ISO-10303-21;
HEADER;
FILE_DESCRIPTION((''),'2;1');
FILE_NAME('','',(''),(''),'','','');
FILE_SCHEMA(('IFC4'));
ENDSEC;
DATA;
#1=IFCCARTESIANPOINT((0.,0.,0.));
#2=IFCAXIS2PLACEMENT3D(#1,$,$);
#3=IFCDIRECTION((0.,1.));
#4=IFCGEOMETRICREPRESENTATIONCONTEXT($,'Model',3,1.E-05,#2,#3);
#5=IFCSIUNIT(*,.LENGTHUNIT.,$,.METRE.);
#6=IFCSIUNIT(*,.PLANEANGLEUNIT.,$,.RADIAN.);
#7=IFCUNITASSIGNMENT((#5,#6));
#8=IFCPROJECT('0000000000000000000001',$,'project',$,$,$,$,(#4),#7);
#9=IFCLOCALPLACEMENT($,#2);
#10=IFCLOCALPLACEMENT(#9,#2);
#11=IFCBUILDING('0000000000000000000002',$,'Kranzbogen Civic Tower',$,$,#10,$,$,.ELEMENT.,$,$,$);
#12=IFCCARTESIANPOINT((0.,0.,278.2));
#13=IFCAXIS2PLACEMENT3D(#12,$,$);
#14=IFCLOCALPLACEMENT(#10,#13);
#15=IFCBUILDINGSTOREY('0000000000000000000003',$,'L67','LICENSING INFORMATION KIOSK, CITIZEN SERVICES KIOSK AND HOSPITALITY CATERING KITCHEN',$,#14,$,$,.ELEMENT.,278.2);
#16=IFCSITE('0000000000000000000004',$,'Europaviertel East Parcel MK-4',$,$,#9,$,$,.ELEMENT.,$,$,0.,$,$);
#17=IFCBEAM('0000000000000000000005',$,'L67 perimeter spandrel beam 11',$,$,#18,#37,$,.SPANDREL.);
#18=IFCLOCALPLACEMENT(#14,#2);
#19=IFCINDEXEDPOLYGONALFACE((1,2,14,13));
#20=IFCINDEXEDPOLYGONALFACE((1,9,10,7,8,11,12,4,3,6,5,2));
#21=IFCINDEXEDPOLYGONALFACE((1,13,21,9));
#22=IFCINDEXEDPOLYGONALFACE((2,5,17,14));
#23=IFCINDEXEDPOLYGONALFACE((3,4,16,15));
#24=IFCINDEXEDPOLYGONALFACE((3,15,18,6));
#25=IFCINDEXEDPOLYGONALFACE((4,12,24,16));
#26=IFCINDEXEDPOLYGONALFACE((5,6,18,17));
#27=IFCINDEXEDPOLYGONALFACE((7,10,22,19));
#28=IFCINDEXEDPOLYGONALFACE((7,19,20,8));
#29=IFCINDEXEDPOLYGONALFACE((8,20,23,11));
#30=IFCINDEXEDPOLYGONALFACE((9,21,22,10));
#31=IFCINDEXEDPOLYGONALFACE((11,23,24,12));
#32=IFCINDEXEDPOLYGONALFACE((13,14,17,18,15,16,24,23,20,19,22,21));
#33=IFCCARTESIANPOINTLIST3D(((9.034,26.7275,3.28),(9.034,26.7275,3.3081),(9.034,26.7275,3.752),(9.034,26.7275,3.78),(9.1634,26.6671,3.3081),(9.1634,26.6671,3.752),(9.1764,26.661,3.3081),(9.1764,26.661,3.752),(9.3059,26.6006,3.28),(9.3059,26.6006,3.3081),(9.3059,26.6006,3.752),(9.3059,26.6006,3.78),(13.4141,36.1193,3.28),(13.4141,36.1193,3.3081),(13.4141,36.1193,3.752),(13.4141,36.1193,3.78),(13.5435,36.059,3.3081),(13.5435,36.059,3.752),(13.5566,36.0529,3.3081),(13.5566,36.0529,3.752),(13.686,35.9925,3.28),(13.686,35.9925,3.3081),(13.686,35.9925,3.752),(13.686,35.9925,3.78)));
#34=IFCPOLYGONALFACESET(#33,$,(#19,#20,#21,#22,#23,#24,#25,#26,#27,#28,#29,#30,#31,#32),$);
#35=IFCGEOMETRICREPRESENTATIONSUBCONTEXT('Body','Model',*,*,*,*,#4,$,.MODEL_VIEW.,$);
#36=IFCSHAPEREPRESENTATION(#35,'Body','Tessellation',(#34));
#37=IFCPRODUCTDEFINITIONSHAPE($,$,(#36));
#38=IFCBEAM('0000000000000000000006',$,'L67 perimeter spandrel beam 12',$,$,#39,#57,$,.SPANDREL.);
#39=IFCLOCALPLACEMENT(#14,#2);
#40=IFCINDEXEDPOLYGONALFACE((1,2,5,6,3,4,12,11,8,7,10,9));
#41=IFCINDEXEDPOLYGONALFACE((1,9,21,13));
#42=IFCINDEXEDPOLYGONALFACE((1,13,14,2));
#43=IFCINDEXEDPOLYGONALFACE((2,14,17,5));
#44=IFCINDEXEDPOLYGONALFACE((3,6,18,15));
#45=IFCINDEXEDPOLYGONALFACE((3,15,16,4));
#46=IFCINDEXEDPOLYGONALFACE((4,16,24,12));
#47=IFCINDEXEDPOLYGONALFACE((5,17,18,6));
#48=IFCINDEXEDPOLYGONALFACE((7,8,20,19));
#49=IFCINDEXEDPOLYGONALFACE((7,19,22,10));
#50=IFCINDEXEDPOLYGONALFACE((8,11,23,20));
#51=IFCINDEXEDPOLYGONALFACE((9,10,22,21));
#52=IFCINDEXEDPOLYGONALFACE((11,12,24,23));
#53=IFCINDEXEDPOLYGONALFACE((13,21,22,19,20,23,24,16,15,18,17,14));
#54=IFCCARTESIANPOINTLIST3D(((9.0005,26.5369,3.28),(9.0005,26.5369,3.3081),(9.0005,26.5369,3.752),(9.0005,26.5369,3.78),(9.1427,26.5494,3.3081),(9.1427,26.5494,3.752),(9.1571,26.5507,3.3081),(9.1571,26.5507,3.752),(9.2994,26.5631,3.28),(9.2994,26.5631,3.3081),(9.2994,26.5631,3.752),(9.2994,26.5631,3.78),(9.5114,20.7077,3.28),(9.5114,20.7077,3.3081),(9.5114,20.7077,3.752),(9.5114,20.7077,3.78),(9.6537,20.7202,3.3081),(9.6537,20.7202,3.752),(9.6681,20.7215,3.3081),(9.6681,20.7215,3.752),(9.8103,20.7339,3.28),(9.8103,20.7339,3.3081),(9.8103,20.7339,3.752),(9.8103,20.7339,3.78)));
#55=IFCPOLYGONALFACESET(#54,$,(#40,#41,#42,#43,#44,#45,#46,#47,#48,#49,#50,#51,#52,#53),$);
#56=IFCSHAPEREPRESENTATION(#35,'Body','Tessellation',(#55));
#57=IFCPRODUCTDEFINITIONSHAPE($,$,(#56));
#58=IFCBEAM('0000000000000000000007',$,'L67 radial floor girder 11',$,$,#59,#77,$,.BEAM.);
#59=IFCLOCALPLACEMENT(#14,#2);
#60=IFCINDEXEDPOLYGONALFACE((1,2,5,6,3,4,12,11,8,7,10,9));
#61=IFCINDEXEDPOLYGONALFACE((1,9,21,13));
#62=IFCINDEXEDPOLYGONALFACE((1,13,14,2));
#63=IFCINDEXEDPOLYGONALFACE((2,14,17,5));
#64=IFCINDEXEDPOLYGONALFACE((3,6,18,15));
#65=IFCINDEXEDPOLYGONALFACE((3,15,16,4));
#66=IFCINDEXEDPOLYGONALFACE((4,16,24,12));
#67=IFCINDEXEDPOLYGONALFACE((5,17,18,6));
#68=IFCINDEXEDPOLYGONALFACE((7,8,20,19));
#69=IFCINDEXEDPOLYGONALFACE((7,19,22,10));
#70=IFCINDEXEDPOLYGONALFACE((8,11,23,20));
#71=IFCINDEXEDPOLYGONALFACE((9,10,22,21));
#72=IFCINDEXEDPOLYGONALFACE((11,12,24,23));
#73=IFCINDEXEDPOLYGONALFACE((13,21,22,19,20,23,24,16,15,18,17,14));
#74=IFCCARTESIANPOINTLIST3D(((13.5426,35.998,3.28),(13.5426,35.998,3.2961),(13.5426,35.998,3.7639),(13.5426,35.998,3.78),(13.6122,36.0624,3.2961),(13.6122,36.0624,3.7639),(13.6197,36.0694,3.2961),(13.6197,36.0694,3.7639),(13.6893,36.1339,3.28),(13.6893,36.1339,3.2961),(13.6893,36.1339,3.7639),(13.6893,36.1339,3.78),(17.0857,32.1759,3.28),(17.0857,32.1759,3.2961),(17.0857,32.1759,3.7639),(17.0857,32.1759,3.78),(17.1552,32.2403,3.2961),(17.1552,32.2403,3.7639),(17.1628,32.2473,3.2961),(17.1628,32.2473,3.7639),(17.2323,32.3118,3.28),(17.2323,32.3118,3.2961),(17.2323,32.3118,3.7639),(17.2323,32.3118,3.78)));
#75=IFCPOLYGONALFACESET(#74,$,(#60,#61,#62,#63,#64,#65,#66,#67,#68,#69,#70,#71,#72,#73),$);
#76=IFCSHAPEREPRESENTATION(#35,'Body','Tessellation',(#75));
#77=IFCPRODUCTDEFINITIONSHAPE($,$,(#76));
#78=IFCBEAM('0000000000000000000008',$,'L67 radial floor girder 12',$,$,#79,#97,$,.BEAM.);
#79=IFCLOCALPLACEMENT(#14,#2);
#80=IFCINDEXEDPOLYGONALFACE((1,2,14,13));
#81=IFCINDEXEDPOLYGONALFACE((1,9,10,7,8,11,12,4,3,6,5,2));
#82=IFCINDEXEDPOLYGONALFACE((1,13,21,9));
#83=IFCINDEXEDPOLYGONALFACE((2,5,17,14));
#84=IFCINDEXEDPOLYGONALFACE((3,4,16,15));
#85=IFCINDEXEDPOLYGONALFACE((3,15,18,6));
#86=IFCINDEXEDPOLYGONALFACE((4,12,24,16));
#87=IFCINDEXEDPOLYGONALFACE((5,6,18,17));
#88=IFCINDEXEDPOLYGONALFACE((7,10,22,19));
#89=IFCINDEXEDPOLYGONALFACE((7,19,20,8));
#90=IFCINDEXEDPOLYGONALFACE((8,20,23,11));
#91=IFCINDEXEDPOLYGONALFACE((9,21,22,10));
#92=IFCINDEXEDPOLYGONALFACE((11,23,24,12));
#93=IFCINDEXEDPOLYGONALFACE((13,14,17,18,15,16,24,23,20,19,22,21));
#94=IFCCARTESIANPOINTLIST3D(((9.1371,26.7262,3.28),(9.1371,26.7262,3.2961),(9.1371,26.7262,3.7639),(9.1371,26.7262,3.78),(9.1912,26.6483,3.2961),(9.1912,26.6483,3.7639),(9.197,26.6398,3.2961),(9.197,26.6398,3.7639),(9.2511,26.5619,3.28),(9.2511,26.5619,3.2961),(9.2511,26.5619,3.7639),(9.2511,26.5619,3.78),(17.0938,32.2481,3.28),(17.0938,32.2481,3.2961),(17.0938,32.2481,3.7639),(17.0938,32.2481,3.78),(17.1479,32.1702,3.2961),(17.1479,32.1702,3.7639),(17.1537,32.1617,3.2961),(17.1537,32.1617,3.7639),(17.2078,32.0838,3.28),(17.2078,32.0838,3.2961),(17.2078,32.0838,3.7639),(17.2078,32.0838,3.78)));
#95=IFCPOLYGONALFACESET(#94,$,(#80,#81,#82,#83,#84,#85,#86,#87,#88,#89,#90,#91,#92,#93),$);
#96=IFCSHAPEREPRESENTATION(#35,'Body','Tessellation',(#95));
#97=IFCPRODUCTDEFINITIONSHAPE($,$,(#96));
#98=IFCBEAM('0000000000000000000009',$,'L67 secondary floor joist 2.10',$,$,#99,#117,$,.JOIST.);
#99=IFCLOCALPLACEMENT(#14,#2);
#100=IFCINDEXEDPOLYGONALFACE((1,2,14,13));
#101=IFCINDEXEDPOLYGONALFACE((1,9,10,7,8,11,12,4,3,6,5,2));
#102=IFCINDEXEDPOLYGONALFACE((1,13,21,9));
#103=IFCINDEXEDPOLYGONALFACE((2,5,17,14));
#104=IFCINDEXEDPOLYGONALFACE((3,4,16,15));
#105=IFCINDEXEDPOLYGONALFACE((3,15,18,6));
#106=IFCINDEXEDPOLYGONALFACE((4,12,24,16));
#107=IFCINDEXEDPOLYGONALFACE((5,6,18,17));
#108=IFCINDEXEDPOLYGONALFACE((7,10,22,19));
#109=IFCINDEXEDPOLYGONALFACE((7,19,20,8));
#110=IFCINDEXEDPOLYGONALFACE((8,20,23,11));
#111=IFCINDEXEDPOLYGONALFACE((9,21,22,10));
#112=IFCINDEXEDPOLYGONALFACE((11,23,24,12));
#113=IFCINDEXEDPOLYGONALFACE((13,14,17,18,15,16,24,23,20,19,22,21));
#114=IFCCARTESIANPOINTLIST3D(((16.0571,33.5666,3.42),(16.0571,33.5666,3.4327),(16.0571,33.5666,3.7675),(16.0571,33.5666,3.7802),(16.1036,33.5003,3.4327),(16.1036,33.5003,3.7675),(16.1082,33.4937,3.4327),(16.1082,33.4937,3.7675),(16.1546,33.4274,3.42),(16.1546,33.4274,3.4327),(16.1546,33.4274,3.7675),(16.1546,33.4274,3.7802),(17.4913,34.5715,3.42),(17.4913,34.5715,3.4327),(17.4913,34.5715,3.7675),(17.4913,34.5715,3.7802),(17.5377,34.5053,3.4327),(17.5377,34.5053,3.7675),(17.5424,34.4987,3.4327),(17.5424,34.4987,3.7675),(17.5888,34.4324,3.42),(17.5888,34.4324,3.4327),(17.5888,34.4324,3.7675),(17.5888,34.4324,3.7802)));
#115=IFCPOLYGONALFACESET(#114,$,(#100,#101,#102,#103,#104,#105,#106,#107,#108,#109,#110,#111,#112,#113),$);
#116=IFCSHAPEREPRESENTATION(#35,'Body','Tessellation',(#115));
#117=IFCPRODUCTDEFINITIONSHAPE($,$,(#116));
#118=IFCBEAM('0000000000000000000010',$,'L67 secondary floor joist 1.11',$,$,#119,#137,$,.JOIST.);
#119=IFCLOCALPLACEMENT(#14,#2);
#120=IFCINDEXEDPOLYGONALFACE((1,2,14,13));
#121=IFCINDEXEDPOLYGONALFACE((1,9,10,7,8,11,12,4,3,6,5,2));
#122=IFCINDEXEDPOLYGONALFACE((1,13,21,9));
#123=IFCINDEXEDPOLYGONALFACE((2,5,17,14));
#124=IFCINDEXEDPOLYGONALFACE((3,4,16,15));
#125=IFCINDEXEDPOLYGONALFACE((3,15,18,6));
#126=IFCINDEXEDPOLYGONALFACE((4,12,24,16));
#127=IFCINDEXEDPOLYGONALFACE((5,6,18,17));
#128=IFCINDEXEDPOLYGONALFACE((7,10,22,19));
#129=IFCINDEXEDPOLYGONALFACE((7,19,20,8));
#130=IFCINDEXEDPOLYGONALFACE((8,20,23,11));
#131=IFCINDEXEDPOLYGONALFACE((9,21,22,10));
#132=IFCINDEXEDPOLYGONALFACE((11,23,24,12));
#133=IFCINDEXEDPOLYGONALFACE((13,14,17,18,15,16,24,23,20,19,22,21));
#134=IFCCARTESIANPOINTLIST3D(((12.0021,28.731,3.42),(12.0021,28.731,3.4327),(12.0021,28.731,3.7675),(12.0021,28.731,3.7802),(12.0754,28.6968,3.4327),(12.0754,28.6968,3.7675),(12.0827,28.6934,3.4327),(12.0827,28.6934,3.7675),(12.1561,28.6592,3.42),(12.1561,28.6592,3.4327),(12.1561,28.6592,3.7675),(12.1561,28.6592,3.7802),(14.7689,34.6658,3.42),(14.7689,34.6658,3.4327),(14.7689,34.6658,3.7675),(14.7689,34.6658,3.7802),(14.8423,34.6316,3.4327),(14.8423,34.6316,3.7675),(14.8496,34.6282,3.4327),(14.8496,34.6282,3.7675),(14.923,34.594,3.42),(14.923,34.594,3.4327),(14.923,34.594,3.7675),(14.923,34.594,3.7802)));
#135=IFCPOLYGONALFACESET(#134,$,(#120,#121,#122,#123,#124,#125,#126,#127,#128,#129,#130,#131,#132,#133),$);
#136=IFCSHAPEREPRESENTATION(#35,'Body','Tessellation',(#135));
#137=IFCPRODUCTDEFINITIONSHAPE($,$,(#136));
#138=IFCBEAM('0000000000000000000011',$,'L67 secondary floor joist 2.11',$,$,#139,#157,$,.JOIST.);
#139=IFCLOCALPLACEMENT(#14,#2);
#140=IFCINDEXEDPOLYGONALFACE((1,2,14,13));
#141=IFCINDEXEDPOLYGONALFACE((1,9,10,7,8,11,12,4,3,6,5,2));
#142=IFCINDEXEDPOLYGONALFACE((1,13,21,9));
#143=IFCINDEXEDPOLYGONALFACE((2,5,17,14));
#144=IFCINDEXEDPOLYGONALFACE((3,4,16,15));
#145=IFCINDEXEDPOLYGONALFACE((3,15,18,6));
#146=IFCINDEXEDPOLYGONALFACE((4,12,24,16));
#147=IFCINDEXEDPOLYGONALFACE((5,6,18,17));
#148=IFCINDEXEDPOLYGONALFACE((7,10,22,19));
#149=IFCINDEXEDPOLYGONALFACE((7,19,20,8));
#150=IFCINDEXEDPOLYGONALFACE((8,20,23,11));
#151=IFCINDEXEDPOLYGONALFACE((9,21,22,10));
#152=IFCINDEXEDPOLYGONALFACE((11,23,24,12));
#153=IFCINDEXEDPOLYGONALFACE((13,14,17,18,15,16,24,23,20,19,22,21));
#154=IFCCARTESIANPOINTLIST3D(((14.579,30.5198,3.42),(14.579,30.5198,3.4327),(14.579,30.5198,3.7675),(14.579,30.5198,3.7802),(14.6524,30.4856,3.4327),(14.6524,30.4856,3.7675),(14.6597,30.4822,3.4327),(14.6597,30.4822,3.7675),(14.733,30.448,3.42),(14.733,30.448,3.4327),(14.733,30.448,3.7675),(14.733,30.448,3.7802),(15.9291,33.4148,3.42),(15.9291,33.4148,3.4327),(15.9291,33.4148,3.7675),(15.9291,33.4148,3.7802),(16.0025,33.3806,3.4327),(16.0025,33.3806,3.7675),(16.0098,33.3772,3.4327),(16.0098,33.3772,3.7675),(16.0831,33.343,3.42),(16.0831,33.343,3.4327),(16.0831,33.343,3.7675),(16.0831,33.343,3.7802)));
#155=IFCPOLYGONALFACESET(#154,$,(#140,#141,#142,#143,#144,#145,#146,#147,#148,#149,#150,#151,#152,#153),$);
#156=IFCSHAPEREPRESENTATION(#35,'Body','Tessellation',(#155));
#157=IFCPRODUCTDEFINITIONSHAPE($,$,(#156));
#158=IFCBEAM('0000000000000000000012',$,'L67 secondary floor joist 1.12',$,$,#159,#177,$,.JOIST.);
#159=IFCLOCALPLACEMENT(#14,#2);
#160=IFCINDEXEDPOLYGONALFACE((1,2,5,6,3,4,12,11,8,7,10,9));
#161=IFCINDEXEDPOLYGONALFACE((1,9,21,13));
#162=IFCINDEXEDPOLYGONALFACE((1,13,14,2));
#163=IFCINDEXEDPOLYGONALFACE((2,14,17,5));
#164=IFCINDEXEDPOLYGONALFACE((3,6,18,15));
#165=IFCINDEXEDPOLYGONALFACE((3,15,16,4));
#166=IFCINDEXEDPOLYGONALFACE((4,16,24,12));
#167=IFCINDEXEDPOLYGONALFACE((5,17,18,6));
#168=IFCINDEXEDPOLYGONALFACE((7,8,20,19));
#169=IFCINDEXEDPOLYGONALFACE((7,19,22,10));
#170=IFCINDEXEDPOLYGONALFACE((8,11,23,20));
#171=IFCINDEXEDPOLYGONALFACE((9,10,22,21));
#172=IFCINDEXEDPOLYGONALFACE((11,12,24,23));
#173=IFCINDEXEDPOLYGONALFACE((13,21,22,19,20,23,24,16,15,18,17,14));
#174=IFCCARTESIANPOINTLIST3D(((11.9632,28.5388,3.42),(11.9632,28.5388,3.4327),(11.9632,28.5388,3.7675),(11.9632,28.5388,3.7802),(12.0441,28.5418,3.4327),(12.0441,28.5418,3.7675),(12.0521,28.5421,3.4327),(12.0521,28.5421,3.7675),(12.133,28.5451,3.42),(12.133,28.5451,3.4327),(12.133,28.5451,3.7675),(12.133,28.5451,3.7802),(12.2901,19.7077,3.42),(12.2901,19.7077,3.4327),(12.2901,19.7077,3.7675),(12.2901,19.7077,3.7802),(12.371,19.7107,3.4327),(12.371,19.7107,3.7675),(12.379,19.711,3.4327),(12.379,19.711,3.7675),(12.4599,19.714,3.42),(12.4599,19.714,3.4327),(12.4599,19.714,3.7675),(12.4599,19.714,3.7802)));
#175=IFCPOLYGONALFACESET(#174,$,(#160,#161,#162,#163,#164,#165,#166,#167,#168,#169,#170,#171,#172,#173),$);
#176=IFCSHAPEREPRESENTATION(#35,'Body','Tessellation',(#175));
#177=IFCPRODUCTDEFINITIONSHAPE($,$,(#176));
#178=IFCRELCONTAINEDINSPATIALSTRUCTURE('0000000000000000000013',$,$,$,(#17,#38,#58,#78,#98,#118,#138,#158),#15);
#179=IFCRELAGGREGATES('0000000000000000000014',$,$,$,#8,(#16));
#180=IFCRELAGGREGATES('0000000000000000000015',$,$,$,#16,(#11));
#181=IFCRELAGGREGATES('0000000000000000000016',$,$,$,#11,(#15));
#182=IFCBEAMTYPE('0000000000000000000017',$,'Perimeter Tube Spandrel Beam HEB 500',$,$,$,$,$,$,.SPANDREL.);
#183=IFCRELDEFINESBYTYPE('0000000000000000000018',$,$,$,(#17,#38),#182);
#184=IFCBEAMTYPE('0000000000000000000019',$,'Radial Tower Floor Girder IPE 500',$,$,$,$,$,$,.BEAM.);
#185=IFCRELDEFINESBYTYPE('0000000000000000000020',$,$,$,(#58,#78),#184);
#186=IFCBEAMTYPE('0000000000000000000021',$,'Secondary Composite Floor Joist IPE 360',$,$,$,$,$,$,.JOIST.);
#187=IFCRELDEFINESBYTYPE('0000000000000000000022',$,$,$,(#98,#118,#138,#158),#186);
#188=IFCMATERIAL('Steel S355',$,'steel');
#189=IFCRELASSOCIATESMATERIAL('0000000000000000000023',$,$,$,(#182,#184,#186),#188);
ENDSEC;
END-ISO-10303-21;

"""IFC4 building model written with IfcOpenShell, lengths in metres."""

from ifc_helpers import new_model, si_unit, direction, frame, origin, origin_2d, place, context, subcontext, project, spatial, i_section, extrude, material, material_profile, profile_set, type_object, element, save


model = new_model("IFC4")

# Units and contexts
model_context = context("Model", 3, precision=1e-05, world=origin(), true_north=direction((0.0, 1.0)))
body_context = subcontext(model_context, "Body", "Model", "MODEL_VIEW")
ifc_project = project(units=[si_unit("LENGTHUNIT", "METRE"), si_unit("PLANEANGLEUNIT", "RADIAN")], contexts=[model_context])

# Site, building, storey
site_placement = place(None, origin())
site = spatial("IfcSite", under=ifc_project, at=site_placement, Name="Europaviertel East Parcel MK-4", CompositionType="ELEMENT", RefElevation=0.0)
building_placement = place(site_placement, origin())
building = spatial("IfcBuilding", under=site, at=building_placement, Name="Kranzbogen Civic Tower", CompositionType="ELEMENT")
storey_placement = place(building_placement, frame((0.0, 0.0, 278.2)))
storey = spatial("IfcBuildingStorey", under=building, at=storey_placement, Name="L67", Description="LICENSING INFORMATION KIOSK, CITIZEN SERVICES KIOSK AND HOSPITALITY CATERING KITCHEN", CompositionType="ELEMENT", Elevation=278.2)

# Shared definitions
ifc_material_1 = material(Name="Steel S355", Category="steel")

# Beams
ifc_material_profile_1 = material_profile(ifc_material_1, i_section(OverallWidth=0.3, OverallDepth=0.5, WebThickness=0.0144, FlangeThickness=0.0281, at=origin_2d()), Name="HEB 500")
ifc_profile_set_1 = profile_set([ifc_material_profile_1], Name="Steel S355")
beam_type_1 = type_object("IfcBeamType", Name="Perimeter Tube Spandrel Beam HEB 500", PredefinedType="SPANDREL", material=ifc_profile_set_1)
beam_1_placement = place(storey_placement, frame((13.55, 36.0559, 3.53), z_axis=(-0.422669, -0.906284, 0.0), x_axis=(0.906284, -0.422669, 0.0)))
element("IfcBeam", 1, at=beam_1_placement, inside=storey, type_object=beam_type_1, Name="L67 perimeter spandrel beam 11", PredefinedType="SPANDREL", context=body_context, shape_type="SweptSolid", body=[
    extrude(i_section(OverallWidth=0.3, OverallDepth=0.5, WebThickness=0.0144, FlangeThickness=0.0281, at=origin_2d()), origin(), (0.0, 0.0, 1.0), 10.363),
])
beam_2_placement = place(storey_placement, frame((9.1499, 26.55, 3.53), z_axis=(0.087326, -0.99618, 0.0), x_axis=(0.99618, 0.087326, 0.0)))
element("IfcBeam", 2, at=beam_2_placement, inside=storey, type_object=beam_type_1, Name="L67 perimeter spandrel beam 12", PredefinedType="SPANDREL", context=body_context, shape_type="SweptSolid", body=[
    extrude(i_section(OverallWidth=0.3, OverallDepth=0.5, WebThickness=0.0144, FlangeThickness=0.0281, at=origin_2d()), origin(), (0.0, 0.0, 1.0), 5.8516),
])
ifc_material_profile_2 = material_profile(ifc_material_1, i_section(OverallWidth=0.2, OverallDepth=0.5, WebThickness=0.0103, FlangeThickness=0.0161, at=origin_2d()), Name="IPE 500")
ifc_profile_set_2 = profile_set([ifc_material_profile_2], Name="Steel S355")
beam_type_2 = type_object("IfcBeamType", Name="Radial Tower Floor Girder IPE 500", PredefinedType="BEAM", material=ifc_profile_set_2)
beam_3_placement = place(storey_placement, frame((13.616, 36.0659, 3.53), z_axis=(0.679827, -0.733372, 0.0), x_axis=(0.733372, 0.679827, 0.0)))
element("IfcBeam", 3, at=beam_3_placement, inside=storey, type_object=beam_type_2, Name="L67 radial floor girder 11", PredefinedType="BEAM", context=body_context, shape_type="SweptSolid", body=[
    extrude(i_section(OverallWidth=0.2, OverallDepth=0.5, WebThickness=0.0103, FlangeThickness=0.0161, at=origin_2d()), origin(), (0.0, 0.0, 1.0), 5.2117),
])
beam_4_placement = place(storey_placement, frame((9.1941, 26.644, 3.53), z_axis=(0.821543, 0.570147, 0.0), x_axis=(-0.570147, 0.821543, 0.0)))
element("IfcBeam", 4, at=beam_4_placement, inside=storey, type_object=beam_type_2, Name="L67 radial floor girder 12", PredefinedType="BEAM", context=body_context, shape_type="SweptSolid", body=[
    extrude(i_section(OverallWidth=0.2, OverallDepth=0.5, WebThickness=0.0103, FlangeThickness=0.0161, at=origin_2d()), origin(), (0.0, 0.0, 1.0), 9.6851),
])
ifc_material_profile_3 = material_profile(ifc_material_1, i_section(OverallWidth=0.1699, OverallDepth=0.3601, WebThickness=0.0081, FlangeThickness=0.0127, at=origin_2d()), Name="IPE 360")
ifc_profile_set_3 = profile_set([ifc_material_profile_3], Name="Steel S355")
beam_type_3 = type_object("IfcBeamType", Name="Secondary Composite Floor Joist IPE 360", PredefinedType="JOIST", material=ifc_profile_set_3)
beam_5_placement = place(storey_placement, frame((17.54, 34.502, 3.6001), z_axis=(-0.818957, -0.573855, 0.0), x_axis=(0.573855, -0.818957, 0.0)))
element("IfcBeam", 5, at=beam_5_placement, inside=storey, type_object=beam_type_3, Name="L67 secondary floor joist 2.10", PredefinedType="JOIST", context=body_context, shape_type="SweptSolid", body=[
    extrude(i_section(OverallWidth=0.1699, OverallDepth=0.3601, WebThickness=0.0081, FlangeThickness=0.0127, at=origin_2d()), origin(), (0.0, 0.0, 1.0), 1.7512),
])
beam_6_placement = place(storey_placement, frame((14.8459, 34.6299, 3.6001), z_axis=(-0.422543, -0.906343, 0.0), x_axis=(0.906343, -0.422543, 0.0)))
element("IfcBeam", 6, at=beam_6_placement, inside=storey, type_object=beam_type_3, Name="L67 secondary floor joist 1.11", PredefinedType="JOIST", context=body_context, shape_type="SweptSolid", body=[
    extrude(i_section(OverallWidth=0.1699, OverallDepth=0.3601, WebThickness=0.0081, FlangeThickness=0.0127, at=origin_2d()), origin(), (0.0, 0.0, 1.0), 6.5481),
])
beam_7_placement = place(storey_placement, frame((16.0061, 33.3789, 3.6001), z_axis=(-0.422651, -0.906292, 0.0), x_axis=(0.906292, -0.422651, 0.0)))
element("IfcBeam", 7, at=beam_7_placement, inside=storey, type_object=beam_type_3, Name="L67 secondary floor joist 2.11", PredefinedType="JOIST", context=body_context, shape_type="SweptSolid", body=[
    extrude(i_section(OverallWidth=0.1699, OverallDepth=0.3601, WebThickness=0.0081, FlangeThickness=0.0127, at=origin_2d()), origin(), (0.0, 0.0, 1.0), 3.1943),
])
beam_8_placement = place(storey_placement, frame((12.0481, 28.542, 3.6001), z_axis=(0.036992, -0.999316, 0.0), x_axis=(0.999316, 0.036992, 0.0)))
element("IfcBeam", 8, at=beam_8_placement, inside=storey, type_object=beam_type_3, Name="L67 secondary floor joist 1.12", PredefinedType="JOIST", context=body_context, shape_type="SweptSolid", body=[
    extrude(i_section(OverallWidth=0.1699, OverallDepth=0.3601, WebThickness=0.0081, FlangeThickness=0.0127, at=origin_2d()), origin(), (0.0, 0.0, 1.0), 8.8372),
])

save(model, "model.ifc")
